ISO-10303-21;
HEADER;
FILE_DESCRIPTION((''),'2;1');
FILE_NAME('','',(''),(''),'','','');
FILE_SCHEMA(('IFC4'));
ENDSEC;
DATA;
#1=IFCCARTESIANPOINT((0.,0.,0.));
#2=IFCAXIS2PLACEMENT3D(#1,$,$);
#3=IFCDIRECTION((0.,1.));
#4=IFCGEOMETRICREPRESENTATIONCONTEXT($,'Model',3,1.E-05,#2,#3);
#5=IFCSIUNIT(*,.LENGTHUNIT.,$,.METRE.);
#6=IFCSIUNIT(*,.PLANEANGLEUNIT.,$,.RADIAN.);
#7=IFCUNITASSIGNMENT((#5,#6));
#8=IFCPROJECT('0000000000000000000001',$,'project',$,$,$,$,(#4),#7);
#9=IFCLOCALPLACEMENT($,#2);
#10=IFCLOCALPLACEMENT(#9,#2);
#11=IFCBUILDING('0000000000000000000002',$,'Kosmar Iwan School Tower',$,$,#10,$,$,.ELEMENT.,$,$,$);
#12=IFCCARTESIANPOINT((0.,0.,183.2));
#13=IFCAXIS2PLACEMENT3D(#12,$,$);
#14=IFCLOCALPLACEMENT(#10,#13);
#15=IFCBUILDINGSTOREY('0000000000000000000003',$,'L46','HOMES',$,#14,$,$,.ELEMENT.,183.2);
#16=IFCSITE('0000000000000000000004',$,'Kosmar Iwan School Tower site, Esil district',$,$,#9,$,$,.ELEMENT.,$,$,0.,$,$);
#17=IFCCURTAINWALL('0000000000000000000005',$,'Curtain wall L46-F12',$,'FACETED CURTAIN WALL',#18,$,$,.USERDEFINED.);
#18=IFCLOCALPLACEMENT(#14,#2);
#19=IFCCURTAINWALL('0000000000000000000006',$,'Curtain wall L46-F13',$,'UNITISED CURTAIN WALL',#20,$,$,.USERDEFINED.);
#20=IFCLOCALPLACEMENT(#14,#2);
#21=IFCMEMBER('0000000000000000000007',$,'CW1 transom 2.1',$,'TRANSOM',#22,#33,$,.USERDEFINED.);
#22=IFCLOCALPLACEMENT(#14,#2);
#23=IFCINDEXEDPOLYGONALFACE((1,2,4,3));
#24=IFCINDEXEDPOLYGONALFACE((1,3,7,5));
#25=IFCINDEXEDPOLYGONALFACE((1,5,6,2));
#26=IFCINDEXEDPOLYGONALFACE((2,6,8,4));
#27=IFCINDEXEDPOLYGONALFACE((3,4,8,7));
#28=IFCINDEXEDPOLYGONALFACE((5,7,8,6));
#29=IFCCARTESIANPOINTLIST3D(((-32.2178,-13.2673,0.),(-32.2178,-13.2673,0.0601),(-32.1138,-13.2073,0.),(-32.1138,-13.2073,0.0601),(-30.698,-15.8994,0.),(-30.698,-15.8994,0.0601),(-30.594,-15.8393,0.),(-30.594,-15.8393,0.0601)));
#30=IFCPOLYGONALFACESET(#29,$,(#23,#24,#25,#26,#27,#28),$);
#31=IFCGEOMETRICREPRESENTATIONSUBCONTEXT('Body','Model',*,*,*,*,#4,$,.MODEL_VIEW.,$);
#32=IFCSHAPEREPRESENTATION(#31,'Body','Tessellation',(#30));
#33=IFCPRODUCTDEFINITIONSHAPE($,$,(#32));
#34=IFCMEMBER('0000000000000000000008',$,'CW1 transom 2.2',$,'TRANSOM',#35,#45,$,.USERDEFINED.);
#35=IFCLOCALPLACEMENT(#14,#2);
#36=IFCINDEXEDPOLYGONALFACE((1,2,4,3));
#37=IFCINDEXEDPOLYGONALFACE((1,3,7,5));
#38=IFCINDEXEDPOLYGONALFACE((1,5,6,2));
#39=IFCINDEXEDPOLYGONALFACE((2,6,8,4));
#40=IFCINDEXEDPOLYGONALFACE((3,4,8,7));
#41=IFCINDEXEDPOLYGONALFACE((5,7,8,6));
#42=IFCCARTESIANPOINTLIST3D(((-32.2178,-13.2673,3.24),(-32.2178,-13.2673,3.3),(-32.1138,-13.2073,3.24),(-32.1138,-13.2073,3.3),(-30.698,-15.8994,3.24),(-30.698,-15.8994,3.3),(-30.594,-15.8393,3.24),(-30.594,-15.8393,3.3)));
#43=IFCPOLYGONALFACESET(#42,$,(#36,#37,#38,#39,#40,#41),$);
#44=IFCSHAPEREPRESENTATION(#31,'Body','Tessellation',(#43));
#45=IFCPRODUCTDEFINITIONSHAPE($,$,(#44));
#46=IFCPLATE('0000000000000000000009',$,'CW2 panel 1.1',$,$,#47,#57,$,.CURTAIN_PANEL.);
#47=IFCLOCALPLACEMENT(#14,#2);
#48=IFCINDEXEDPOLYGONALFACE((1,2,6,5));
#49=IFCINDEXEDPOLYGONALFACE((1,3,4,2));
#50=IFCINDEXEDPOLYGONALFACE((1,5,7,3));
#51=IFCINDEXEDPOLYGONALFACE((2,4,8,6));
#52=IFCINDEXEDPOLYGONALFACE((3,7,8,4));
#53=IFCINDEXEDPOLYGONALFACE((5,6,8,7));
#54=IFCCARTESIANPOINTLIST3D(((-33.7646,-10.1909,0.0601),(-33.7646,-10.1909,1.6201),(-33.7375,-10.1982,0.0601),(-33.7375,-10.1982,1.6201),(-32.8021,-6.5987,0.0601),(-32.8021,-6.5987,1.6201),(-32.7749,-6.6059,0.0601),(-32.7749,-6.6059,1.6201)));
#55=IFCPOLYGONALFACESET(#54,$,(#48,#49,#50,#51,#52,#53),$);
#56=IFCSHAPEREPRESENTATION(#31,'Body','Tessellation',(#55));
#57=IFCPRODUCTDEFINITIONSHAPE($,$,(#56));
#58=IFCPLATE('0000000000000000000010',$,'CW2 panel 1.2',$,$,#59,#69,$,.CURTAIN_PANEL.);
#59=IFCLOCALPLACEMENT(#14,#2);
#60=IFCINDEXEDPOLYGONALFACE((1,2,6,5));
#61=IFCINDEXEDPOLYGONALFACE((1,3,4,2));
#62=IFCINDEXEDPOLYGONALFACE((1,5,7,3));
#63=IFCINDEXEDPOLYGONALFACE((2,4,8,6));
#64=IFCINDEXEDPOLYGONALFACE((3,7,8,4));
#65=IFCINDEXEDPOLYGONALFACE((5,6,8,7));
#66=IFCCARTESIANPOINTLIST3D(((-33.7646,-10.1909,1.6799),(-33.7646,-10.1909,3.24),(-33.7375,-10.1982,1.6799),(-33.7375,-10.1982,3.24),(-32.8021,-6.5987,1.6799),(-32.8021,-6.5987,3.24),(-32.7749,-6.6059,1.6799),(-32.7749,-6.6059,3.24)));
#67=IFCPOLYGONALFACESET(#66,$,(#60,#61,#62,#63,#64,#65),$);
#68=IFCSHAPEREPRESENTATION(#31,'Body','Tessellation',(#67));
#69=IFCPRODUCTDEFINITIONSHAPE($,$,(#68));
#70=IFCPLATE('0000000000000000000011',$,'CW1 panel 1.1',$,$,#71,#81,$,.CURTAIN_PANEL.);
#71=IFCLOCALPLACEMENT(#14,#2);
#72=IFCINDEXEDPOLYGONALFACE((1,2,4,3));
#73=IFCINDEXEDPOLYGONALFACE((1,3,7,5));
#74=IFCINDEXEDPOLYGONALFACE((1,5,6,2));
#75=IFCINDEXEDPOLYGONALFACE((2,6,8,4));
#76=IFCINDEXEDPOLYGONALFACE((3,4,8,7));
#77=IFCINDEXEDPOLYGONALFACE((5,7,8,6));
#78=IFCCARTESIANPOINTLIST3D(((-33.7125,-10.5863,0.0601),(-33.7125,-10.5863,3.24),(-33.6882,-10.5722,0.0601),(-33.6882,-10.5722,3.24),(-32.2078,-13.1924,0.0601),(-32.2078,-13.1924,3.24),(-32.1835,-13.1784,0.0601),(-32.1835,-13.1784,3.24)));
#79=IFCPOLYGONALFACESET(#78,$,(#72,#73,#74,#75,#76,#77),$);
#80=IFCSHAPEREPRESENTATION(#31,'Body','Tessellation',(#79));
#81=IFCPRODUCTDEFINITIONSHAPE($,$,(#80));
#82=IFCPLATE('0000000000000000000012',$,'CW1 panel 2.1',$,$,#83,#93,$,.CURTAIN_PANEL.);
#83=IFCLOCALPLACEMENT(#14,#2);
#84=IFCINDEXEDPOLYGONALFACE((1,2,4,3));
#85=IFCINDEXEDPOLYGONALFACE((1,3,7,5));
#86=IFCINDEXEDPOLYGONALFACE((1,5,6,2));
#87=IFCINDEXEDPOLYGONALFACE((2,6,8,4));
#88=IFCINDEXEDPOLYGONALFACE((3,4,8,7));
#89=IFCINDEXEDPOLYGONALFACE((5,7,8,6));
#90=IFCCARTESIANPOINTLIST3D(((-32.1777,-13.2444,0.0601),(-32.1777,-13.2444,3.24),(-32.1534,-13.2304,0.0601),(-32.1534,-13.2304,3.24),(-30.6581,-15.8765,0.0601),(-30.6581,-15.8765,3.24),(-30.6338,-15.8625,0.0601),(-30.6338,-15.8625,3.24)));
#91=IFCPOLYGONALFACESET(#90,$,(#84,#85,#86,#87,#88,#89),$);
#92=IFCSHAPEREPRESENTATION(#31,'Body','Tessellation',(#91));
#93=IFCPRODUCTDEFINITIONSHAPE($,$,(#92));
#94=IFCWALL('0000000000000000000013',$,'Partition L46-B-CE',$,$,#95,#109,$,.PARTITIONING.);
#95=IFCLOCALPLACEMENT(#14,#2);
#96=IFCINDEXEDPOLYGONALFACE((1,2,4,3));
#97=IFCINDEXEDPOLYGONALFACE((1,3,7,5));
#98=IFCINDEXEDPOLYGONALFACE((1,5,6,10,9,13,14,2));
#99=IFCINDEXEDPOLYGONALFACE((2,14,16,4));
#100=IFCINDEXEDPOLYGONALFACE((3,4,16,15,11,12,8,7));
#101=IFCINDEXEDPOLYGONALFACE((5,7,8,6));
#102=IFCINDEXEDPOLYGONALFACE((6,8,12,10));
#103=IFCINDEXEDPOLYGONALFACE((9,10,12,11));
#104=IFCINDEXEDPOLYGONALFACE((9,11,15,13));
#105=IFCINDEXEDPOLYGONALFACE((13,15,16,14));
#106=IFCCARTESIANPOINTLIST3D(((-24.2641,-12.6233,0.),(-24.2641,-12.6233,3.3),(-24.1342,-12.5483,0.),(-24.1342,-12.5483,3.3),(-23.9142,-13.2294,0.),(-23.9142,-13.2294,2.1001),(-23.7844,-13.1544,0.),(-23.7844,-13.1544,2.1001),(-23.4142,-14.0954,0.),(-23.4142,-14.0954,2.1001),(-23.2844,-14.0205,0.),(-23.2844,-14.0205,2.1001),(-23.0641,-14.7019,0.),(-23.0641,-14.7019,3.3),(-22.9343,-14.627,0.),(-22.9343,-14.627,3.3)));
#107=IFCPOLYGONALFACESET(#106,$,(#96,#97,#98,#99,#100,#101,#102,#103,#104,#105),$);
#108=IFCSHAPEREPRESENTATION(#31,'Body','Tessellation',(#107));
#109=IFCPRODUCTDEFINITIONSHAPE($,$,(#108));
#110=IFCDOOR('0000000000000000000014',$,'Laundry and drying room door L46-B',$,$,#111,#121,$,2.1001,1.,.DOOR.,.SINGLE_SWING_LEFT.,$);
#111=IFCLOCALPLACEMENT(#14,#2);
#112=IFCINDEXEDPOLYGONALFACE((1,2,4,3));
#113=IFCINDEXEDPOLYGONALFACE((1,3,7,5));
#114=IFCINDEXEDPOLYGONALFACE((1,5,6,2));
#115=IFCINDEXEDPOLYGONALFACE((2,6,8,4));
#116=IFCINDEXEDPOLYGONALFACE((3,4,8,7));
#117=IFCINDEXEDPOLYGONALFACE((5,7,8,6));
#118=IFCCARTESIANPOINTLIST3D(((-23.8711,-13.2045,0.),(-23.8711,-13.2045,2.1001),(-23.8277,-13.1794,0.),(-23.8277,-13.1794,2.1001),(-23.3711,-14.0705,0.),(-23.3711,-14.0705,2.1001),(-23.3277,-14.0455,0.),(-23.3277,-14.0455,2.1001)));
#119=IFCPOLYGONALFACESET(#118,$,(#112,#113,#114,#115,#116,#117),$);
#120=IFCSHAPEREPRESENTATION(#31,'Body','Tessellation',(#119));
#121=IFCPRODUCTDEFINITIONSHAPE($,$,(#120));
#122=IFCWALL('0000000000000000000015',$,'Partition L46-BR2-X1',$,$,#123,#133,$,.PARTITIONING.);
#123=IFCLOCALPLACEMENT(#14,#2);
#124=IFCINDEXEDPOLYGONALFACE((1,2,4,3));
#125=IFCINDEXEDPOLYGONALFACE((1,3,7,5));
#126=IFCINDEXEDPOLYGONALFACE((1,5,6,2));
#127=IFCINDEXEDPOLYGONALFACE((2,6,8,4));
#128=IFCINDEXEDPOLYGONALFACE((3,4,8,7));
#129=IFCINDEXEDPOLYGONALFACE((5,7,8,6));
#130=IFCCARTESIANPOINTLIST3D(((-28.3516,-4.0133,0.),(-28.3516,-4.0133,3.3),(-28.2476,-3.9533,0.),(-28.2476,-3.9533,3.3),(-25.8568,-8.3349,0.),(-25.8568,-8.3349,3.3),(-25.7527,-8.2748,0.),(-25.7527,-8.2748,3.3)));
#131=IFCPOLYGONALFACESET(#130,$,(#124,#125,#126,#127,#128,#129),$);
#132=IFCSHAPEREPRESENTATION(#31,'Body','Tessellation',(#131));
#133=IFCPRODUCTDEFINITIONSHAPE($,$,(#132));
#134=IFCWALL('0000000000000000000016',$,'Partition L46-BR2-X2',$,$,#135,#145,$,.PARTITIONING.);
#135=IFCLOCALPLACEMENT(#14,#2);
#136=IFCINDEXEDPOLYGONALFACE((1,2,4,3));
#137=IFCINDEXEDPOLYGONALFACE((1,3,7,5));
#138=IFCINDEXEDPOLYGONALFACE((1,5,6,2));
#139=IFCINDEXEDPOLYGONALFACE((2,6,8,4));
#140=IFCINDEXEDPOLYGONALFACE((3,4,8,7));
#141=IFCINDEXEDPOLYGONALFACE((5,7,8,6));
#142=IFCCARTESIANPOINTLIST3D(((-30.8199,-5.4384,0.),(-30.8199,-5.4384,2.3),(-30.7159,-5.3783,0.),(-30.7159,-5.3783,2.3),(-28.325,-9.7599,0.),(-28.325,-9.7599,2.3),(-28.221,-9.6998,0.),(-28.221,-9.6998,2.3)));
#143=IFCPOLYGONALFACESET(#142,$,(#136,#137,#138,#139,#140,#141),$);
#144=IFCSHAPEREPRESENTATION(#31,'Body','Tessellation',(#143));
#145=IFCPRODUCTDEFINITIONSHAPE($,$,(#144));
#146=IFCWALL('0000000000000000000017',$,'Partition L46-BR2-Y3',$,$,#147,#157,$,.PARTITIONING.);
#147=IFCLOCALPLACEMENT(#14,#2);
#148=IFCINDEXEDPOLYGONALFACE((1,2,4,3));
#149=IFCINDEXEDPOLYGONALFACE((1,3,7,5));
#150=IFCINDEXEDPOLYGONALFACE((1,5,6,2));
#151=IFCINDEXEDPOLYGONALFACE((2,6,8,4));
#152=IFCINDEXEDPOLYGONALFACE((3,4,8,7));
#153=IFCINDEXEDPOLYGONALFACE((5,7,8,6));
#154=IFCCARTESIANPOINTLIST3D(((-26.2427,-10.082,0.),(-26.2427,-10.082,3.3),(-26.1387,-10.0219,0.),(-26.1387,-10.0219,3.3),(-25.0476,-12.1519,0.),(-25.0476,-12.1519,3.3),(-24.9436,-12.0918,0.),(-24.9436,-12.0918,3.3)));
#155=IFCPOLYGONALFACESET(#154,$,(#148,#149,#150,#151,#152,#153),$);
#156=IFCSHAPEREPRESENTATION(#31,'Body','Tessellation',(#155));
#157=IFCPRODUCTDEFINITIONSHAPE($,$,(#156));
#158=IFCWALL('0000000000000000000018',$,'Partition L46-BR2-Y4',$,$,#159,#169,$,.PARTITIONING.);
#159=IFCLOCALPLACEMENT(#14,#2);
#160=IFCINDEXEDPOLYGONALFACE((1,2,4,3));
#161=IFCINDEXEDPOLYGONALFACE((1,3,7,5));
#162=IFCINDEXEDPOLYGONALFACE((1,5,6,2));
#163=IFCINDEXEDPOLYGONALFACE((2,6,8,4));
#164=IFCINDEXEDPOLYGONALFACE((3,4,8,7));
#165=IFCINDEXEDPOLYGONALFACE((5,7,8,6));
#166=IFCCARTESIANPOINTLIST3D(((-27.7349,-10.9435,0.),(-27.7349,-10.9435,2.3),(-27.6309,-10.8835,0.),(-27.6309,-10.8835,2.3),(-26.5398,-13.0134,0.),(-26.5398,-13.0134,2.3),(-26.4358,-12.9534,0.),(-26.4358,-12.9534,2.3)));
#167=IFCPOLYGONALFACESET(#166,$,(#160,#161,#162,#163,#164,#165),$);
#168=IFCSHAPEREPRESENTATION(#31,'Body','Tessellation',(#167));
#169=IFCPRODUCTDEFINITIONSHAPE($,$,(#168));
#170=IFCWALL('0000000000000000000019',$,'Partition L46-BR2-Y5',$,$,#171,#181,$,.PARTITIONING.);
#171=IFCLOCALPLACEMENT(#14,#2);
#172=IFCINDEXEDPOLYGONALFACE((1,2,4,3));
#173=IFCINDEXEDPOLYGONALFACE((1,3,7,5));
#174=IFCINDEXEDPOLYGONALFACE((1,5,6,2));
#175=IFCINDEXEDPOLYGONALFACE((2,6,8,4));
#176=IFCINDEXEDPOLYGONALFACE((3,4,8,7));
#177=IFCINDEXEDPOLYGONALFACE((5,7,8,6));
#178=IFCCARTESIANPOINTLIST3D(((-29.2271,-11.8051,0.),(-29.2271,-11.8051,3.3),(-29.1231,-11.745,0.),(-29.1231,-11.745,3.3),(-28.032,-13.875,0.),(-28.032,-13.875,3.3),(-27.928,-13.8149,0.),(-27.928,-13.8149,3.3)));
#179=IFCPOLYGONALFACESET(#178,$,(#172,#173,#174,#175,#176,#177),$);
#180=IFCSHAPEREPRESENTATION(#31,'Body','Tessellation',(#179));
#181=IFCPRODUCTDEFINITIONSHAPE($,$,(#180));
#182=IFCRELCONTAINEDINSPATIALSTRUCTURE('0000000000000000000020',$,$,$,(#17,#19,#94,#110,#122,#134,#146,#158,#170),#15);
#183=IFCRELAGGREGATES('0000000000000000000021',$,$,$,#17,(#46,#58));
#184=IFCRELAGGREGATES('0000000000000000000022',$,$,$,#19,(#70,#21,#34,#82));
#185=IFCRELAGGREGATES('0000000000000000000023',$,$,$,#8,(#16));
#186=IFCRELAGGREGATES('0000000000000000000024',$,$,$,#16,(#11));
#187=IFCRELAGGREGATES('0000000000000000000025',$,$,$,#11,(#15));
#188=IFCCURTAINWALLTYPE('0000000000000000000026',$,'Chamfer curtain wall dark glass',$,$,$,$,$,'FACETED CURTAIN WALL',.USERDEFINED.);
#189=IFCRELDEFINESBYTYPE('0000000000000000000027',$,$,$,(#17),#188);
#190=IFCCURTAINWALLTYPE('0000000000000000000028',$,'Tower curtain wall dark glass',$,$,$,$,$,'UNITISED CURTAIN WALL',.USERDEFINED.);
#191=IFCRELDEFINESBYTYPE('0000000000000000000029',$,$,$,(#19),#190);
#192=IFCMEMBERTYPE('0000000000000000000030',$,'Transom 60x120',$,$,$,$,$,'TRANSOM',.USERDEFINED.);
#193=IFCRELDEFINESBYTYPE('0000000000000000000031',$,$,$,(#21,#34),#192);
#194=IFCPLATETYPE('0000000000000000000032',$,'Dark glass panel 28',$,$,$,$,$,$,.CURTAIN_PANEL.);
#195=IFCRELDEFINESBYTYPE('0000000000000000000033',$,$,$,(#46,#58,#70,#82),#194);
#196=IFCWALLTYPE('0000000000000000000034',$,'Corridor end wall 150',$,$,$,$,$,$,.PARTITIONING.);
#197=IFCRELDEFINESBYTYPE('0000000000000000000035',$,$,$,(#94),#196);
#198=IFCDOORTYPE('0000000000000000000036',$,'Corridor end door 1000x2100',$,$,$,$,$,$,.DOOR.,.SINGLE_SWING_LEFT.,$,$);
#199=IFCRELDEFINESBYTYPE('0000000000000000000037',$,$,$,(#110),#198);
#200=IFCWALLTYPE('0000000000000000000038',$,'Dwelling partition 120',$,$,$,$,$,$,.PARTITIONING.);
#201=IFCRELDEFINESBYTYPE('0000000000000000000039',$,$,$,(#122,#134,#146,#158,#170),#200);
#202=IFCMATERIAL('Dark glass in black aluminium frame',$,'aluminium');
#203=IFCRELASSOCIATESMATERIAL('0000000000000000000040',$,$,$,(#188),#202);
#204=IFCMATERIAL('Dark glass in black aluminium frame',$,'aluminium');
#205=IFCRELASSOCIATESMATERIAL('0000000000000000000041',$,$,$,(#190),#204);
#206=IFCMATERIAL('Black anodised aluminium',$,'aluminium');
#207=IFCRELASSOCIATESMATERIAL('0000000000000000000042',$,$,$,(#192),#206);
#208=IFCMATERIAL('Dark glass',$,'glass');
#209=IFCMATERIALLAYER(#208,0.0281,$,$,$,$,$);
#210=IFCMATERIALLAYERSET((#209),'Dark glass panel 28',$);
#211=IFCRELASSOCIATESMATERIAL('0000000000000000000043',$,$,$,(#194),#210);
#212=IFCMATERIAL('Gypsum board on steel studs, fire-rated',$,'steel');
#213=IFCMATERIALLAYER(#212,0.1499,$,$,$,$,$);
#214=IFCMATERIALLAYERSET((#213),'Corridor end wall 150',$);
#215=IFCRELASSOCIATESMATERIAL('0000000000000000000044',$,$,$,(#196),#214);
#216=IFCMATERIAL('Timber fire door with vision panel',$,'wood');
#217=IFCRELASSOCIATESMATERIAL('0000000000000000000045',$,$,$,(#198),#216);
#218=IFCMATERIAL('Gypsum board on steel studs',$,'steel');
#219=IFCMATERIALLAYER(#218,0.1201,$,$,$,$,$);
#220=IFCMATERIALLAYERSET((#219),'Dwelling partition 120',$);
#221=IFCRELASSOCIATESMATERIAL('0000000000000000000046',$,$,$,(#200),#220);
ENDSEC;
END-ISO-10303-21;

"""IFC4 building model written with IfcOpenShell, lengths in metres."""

from ifc_helpers import new_model, si_unit, direction, frame, frame_2d, origin, origin_2d, place, context, subcontext, project, spatial, rectangle, extrude, material, layer, layer_set, material_profile, profile_set, type_object, element, fill, aggregate, save


model = new_model("IFC4")

# Units and contexts
model_context = context("Model", 3, precision=1e-05, world=origin(), true_north=direction((0.0, 1.0)))
body_context = subcontext(model_context, "Body", "Model", "MODEL_VIEW")
ifc_project = project(units=[si_unit("LENGTHUNIT", "METRE"), si_unit("PLANEANGLEUNIT", "RADIAN")], contexts=[model_context])

# Site, building, storey
site_placement = place(None, origin())
site = spatial("IfcSite", under=ifc_project, at=site_placement, Name="Kosmar Iwan School Tower site, Esil district", CompositionType="ELEMENT", RefElevation=0.0)
building_placement = place(site_placement, origin())
building = spatial("IfcBuilding", under=site, at=building_placement, Name="Kosmar Iwan School Tower", CompositionType="ELEMENT")
storey_placement = place(building_placement, frame((0.0, 0.0, 183.2)))
storey = spatial("IfcBuildingStorey", under=building, at=storey_placement, Name="L46", Description="HOMES", CompositionType="ELEMENT", Elevation=183.2)

# Curtain walls
ifc_material_1 = material(Name="Dark glass in black aluminium frame", Category="aluminium")
curtain_wall_type_1 = type_object("IfcCurtainWallType", Name="Chamfer curtain wall dark glass", ElementType="FACETED CURTAIN WALL", PredefinedType="USERDEFINED", material=ifc_material_1)
curtain_wall_1_placement = place(storey_placement, origin())
curtain_wall_1 = element("IfcCurtainWall", 1, at=curtain_wall_1_placement, inside=storey, type_object=curtain_wall_type_1, Name="Curtain wall L46-F12", ObjectType="FACETED CURTAIN WALL", PredefinedType="USERDEFINED")
ifc_material_2 = material(Name="Dark glass in black aluminium frame", Category="aluminium")
curtain_wall_type_2 = type_object("IfcCurtainWallType", Name="Tower curtain wall dark glass", ElementType="UNITISED CURTAIN WALL", PredefinedType="USERDEFINED", material=ifc_material_2)
curtain_wall_2_placement = place(storey_placement, origin())
curtain_wall_2 = element("IfcCurtainWall", 2, at=curtain_wall_2_placement, inside=storey, type_object=curtain_wall_type_2, Name="Curtain wall L46-F13", ObjectType="UNITISED CURTAIN WALL", PredefinedType="USERDEFINED")

# Members
ifc_material_3 = material(Name="Black anodised aluminium", Category="aluminium")
ifc_material_profile_1 = material_profile(ifc_material_3, rectangle(XDim=0.1201, YDim=0.0601, at=origin_2d()), Name="TRANSOM 60x120")
ifc_profile_set_1 = profile_set([ifc_material_profile_1], Name="Black anodised aluminium")
member_type_1 = type_object("IfcMemberType", Name="Transom 60x120", ElementType="TRANSOM", PredefinedType="USERDEFINED", material=ifc_profile_set_1)
member_1_placement = place(storey_placement, frame((-32.1658, -13.2373, 0.03), z_axis=(0.500035, -0.866005, 0.0), x_axis=(0.866005, 0.500035, 0.0)))
member_1 = element("IfcMember", 3, at=member_1_placement, type_object=member_type_1, Name="CW1 transom 2.1", ObjectType="TRANSOM", PredefinedType="USERDEFINED", context=body_context, shape_type="SweptSolid", body=[
    extrude(rectangle(XDim=0.1201, YDim=0.0601, at=origin_2d()), origin(), (0.0, 0.0, 1.0), 3.0393),
])
member_2_placement = place(storey_placement, frame((-32.1658, -13.2373, 3.27), z_axis=(0.500035, -0.866005, 0.0), x_axis=(0.866005, 0.500035, 0.0)))
member_2 = element("IfcMember", 4, at=member_2_placement, type_object=member_type_1, Name="CW1 transom 2.2", ObjectType="TRANSOM", PredefinedType="USERDEFINED", context=body_context, shape_type="SweptSolid", body=[
    extrude(rectangle(XDim=0.1201, YDim=0.0601, at=origin_2d()), origin(), (0.0, 0.0, 1.0), 3.0393),
])

# Plates
ifc_material_4 = material(Name="Dark glass", Category="glass")
ifc_layer_1 = layer(ifc_material_4, 0.0281)
ifc_layer_set_1 = layer_set([ifc_layer_1], Name="Dark glass panel 28")
plate_type = type_object("IfcPlateType", Name="Dark glass panel 28", PredefinedType="CURTAIN_PANEL", material=ifc_layer_set_1)
plate_1_placement = place(storey_placement, frame((-33.2698, -8.3984, 0.0601), z_axis=(0.0, 0.0, 1.0), x_axis=(-0.258819, -0.965926, 0.0)))
plate_1 = element("IfcPlate", 5, at=plate_1_placement, type_object=plate_type, Name="CW2 panel 1.1", PredefinedType="CURTAIN_PANEL", context=body_context, shape_type="SweptSolid", body=[
    extrude(rectangle(XDim=3.719, YDim=0.0281, at=origin_2d()), origin(), (0.0, 0.0, 1.0), 1.5601),
])
plate_2_placement = place(storey_placement, frame((-33.2698, -8.3984, 1.6799), z_axis=(0.0, 0.0, 1.0), x_axis=(-0.258819, -0.965926, 0.0)))
plate_2 = element("IfcPlate", 6, at=plate_2_placement, type_object=plate_type, Name="CW2 panel 1.2", PredefinedType="CURTAIN_PANEL", context=body_context, shape_type="SweptSolid", body=[
    extrude(rectangle(XDim=3.719, YDim=0.0281, at=origin_2d()), origin(), (0.0, 0.0, 1.0), 1.5601),
])
aggregate(curtain_wall_1, [plate_1, plate_2])
plate_3_placement = place(storey_placement, frame((-32.948, -11.8823, 0.0601), z_axis=(0.0, 0.0, 1.0), x_axis=(0.5, -0.866025, 0.0)))
plate_3 = element("IfcPlate", 7, at=plate_3_placement, type_object=plate_type, Name="CW1 panel 1.1", PredefinedType="CURTAIN_PANEL", context=body_context, shape_type="SweptSolid", body=[
    extrude(rectangle(XDim=3.0093, YDim=0.0281, at=origin_2d()), origin(), (0.0, 0.0, 1.0), 3.1799),
])
plate_4_placement = place(storey_placement, frame((-31.4058, -14.5535, 0.0601), z_axis=(0.0, 0.0, 1.0), x_axis=(0.5, -0.866025, 0.0)))
plate_4 = element("IfcPlate", 8, at=plate_4_placement, type_object=plate_type, Name="CW1 panel 2.1", PredefinedType="CURTAIN_PANEL", context=body_context, shape_type="SweptSolid", body=[
    extrude(rectangle(XDim=3.0393, YDim=0.0281, at=origin_2d()), origin(), (0.0, 0.0, 1.0), 3.1799),
])
aggregate(curtain_wall_2, [plate_3, member_1, member_2, plate_4])

# Wall, opening, door
ifc_material_5 = material(Name="Gypsum board on steel studs, fire-rated", Category="steel")
ifc_layer_2 = layer(ifc_material_5, 0.1499)
ifc_layer_set_2 = layer_set([ifc_layer_2], Name="Corridor end wall 150")
wall_type_1 = type_object("IfcWallType", Name="Corridor end wall 150", PredefinedType="PARTITIONING", material=ifc_layer_set_2)
wall_1_placement = place(storey_placement, frame((-24.1992, -12.5857, 0.0), z_axis=(0.0, 0.0, 1.0), x_axis=(0.499957, -0.86605, 0.0)))
wall_1 = element("IfcWall", 9, at=wall_1_placement, inside=storey, type_object=wall_type_1, Name="Partition L46-B-CE", PredefinedType="PARTITIONING", context=body_context, shape_type="SweptSolid", body=[
    extrude(rectangle(XDim=2.4001, YDim=0.1499, at=frame_2d((1.2002, 0.0))), origin(), (0.0, 0.0, 1.0), 3.3),
])
opening_placement = place(wall_1_placement, frame((0.7, 0.0, 0.0)))
opening = element("IfcOpeningElement", 10, at=opening_placement, cuts=wall_1, PredefinedType="OPENING", context=body_context, shape_type="SweptSolid", body=[
    extrude(rectangle(XDim=1.0, YDim=2.1001, at=frame_2d((0.5, 1.05))), frame((0.0, 0.0869, 0.0), z_axis=(0.0, -1.0, 0.0), x_axis=(1.0, 0.0, 0.0)), (0.0, 0.0, 1.0), 0.1738),
])
ifc_material_6 = material(Name="Timber fire door with vision panel", Category="wood")
door_type = type_object("IfcDoorType", Name="Corridor end door 1000x2100", OperationType="SINGLE_SWING_LEFT", PredefinedType="DOOR", material=ifc_material_6)
door_placement = place(opening_placement, origin())
door = element("IfcDoor", 11, at=door_placement, inside=storey, type_object=door_type, Name="Laundry and drying room door L46-B", OperationType="SINGLE_SWING_LEFT", OverallHeight=2.1001, OverallWidth=1.0, PredefinedType="DOOR", context=body_context, shape_type="SweptSolid", body=[
    extrude(rectangle(XDim=1.0, YDim=2.1001, at=frame_2d((0.5, 1.05))), frame((0.0, 0.0249, 0.0), z_axis=(0.0, -1.0, 0.0), x_axis=(1.0, 0.0, 0.0)), (0.0, 0.0, 1.0), 0.05),
])
fill(opening, door)

# Walls
ifc_material_7 = material(Name="Gypsum board on steel studs", Category="steel")
ifc_layer_3 = layer(ifc_material_7, 0.1201)
ifc_layer_set_3 = layer_set([ifc_layer_3], Name="Dwelling partition 120")
wall_type_2 = type_object("IfcWallType", Name="Dwelling partition 120", PredefinedType="PARTITIONING", material=ifc_layer_set_3)
wall_2_placement = place(storey_placement, frame((-25.8047, -8.3049, 0.0), z_axis=(0.0, 0.0, 1.0), x_axis=(-0.499975, 0.86604, 0.0)))
element("IfcWall", 12, at=wall_2_placement, inside=storey, type_object=wall_type_2, Name="Partition L46-BR2-X1", PredefinedType="PARTITIONING", context=body_context, shape_type="SweptSolid", body=[
    extrude(rectangle(XDim=4.99, YDim=0.1201, at=frame_2d((2.4951, 0.0))), origin(), (0.0, 0.0, 1.0), 3.3),
])
wall_3_placement = place(storey_placement, frame((-28.2729, -9.73, 0.0), z_axis=(0.0, 0.0, 1.0), x_axis=(-0.499975, 0.86604, 0.0)))
element("IfcWall", 13, at=wall_3_placement, inside=storey, type_object=wall_type_2, Name="Partition L46-BR2-X2", PredefinedType="PARTITIONING", context=body_context, shape_type="SweptSolid", body=[
    extrude(rectangle(XDim=4.99, YDim=0.1201, at=frame_2d((2.4951, 0.0))), origin(), (0.0, 0.0, 1.0), 2.3),
])
wall_4_placement = place(storey_placement, frame((-24.9956, -12.1218, 0.0), z_axis=(0.0, 0.0, 1.0), x_axis=(-0.500017, 0.866015, 0.0)))
element("IfcWall", 14, at=wall_4_placement, inside=storey, type_object=wall_type_2, Name="Partition L46-BR2-Y3", PredefinedType="PARTITIONING", context=body_context, shape_type="SweptSolid", body=[
    extrude(rectangle(XDim=2.3901, YDim=0.1201, at=frame_2d((1.1951, 0.0))), origin(), (0.0, 0.0, 1.0), 3.3),
])
wall_5_placement = place(storey_placement, frame((-26.4878, -12.9834, 0.0), z_axis=(0.0, 0.0, 1.0), x_axis=(-0.500017, 0.866015, 0.0)))
element("IfcWall", 15, at=wall_5_placement, inside=storey, type_object=wall_type_2, Name="Partition L46-BR2-Y4", PredefinedType="PARTITIONING", context=body_context, shape_type="SweptSolid", body=[
    extrude(rectangle(XDim=2.3901, YDim=0.1201, at=frame_2d((1.1951, 0.0))), origin(), (0.0, 0.0, 1.0), 2.3),
])
wall_6_placement = place(storey_placement, frame((-27.98, -13.845, 0.0), z_axis=(0.0, 0.0, 1.0), x_axis=(-0.500017, 0.866015, 0.0)))
element("IfcWall", 16, at=wall_6_placement, inside=storey, type_object=wall_type_2, Name="Partition L46-BR2-Y5", PredefinedType="PARTITIONING", context=body_context, shape_type="SweptSolid", body=[
    extrude(rectangle(XDim=2.3901, YDim=0.1201, at=frame_2d((1.1951, 0.0))), origin(), (0.0, 0.0, 1.0), 3.3),
])

save(model, "model.ifc")
